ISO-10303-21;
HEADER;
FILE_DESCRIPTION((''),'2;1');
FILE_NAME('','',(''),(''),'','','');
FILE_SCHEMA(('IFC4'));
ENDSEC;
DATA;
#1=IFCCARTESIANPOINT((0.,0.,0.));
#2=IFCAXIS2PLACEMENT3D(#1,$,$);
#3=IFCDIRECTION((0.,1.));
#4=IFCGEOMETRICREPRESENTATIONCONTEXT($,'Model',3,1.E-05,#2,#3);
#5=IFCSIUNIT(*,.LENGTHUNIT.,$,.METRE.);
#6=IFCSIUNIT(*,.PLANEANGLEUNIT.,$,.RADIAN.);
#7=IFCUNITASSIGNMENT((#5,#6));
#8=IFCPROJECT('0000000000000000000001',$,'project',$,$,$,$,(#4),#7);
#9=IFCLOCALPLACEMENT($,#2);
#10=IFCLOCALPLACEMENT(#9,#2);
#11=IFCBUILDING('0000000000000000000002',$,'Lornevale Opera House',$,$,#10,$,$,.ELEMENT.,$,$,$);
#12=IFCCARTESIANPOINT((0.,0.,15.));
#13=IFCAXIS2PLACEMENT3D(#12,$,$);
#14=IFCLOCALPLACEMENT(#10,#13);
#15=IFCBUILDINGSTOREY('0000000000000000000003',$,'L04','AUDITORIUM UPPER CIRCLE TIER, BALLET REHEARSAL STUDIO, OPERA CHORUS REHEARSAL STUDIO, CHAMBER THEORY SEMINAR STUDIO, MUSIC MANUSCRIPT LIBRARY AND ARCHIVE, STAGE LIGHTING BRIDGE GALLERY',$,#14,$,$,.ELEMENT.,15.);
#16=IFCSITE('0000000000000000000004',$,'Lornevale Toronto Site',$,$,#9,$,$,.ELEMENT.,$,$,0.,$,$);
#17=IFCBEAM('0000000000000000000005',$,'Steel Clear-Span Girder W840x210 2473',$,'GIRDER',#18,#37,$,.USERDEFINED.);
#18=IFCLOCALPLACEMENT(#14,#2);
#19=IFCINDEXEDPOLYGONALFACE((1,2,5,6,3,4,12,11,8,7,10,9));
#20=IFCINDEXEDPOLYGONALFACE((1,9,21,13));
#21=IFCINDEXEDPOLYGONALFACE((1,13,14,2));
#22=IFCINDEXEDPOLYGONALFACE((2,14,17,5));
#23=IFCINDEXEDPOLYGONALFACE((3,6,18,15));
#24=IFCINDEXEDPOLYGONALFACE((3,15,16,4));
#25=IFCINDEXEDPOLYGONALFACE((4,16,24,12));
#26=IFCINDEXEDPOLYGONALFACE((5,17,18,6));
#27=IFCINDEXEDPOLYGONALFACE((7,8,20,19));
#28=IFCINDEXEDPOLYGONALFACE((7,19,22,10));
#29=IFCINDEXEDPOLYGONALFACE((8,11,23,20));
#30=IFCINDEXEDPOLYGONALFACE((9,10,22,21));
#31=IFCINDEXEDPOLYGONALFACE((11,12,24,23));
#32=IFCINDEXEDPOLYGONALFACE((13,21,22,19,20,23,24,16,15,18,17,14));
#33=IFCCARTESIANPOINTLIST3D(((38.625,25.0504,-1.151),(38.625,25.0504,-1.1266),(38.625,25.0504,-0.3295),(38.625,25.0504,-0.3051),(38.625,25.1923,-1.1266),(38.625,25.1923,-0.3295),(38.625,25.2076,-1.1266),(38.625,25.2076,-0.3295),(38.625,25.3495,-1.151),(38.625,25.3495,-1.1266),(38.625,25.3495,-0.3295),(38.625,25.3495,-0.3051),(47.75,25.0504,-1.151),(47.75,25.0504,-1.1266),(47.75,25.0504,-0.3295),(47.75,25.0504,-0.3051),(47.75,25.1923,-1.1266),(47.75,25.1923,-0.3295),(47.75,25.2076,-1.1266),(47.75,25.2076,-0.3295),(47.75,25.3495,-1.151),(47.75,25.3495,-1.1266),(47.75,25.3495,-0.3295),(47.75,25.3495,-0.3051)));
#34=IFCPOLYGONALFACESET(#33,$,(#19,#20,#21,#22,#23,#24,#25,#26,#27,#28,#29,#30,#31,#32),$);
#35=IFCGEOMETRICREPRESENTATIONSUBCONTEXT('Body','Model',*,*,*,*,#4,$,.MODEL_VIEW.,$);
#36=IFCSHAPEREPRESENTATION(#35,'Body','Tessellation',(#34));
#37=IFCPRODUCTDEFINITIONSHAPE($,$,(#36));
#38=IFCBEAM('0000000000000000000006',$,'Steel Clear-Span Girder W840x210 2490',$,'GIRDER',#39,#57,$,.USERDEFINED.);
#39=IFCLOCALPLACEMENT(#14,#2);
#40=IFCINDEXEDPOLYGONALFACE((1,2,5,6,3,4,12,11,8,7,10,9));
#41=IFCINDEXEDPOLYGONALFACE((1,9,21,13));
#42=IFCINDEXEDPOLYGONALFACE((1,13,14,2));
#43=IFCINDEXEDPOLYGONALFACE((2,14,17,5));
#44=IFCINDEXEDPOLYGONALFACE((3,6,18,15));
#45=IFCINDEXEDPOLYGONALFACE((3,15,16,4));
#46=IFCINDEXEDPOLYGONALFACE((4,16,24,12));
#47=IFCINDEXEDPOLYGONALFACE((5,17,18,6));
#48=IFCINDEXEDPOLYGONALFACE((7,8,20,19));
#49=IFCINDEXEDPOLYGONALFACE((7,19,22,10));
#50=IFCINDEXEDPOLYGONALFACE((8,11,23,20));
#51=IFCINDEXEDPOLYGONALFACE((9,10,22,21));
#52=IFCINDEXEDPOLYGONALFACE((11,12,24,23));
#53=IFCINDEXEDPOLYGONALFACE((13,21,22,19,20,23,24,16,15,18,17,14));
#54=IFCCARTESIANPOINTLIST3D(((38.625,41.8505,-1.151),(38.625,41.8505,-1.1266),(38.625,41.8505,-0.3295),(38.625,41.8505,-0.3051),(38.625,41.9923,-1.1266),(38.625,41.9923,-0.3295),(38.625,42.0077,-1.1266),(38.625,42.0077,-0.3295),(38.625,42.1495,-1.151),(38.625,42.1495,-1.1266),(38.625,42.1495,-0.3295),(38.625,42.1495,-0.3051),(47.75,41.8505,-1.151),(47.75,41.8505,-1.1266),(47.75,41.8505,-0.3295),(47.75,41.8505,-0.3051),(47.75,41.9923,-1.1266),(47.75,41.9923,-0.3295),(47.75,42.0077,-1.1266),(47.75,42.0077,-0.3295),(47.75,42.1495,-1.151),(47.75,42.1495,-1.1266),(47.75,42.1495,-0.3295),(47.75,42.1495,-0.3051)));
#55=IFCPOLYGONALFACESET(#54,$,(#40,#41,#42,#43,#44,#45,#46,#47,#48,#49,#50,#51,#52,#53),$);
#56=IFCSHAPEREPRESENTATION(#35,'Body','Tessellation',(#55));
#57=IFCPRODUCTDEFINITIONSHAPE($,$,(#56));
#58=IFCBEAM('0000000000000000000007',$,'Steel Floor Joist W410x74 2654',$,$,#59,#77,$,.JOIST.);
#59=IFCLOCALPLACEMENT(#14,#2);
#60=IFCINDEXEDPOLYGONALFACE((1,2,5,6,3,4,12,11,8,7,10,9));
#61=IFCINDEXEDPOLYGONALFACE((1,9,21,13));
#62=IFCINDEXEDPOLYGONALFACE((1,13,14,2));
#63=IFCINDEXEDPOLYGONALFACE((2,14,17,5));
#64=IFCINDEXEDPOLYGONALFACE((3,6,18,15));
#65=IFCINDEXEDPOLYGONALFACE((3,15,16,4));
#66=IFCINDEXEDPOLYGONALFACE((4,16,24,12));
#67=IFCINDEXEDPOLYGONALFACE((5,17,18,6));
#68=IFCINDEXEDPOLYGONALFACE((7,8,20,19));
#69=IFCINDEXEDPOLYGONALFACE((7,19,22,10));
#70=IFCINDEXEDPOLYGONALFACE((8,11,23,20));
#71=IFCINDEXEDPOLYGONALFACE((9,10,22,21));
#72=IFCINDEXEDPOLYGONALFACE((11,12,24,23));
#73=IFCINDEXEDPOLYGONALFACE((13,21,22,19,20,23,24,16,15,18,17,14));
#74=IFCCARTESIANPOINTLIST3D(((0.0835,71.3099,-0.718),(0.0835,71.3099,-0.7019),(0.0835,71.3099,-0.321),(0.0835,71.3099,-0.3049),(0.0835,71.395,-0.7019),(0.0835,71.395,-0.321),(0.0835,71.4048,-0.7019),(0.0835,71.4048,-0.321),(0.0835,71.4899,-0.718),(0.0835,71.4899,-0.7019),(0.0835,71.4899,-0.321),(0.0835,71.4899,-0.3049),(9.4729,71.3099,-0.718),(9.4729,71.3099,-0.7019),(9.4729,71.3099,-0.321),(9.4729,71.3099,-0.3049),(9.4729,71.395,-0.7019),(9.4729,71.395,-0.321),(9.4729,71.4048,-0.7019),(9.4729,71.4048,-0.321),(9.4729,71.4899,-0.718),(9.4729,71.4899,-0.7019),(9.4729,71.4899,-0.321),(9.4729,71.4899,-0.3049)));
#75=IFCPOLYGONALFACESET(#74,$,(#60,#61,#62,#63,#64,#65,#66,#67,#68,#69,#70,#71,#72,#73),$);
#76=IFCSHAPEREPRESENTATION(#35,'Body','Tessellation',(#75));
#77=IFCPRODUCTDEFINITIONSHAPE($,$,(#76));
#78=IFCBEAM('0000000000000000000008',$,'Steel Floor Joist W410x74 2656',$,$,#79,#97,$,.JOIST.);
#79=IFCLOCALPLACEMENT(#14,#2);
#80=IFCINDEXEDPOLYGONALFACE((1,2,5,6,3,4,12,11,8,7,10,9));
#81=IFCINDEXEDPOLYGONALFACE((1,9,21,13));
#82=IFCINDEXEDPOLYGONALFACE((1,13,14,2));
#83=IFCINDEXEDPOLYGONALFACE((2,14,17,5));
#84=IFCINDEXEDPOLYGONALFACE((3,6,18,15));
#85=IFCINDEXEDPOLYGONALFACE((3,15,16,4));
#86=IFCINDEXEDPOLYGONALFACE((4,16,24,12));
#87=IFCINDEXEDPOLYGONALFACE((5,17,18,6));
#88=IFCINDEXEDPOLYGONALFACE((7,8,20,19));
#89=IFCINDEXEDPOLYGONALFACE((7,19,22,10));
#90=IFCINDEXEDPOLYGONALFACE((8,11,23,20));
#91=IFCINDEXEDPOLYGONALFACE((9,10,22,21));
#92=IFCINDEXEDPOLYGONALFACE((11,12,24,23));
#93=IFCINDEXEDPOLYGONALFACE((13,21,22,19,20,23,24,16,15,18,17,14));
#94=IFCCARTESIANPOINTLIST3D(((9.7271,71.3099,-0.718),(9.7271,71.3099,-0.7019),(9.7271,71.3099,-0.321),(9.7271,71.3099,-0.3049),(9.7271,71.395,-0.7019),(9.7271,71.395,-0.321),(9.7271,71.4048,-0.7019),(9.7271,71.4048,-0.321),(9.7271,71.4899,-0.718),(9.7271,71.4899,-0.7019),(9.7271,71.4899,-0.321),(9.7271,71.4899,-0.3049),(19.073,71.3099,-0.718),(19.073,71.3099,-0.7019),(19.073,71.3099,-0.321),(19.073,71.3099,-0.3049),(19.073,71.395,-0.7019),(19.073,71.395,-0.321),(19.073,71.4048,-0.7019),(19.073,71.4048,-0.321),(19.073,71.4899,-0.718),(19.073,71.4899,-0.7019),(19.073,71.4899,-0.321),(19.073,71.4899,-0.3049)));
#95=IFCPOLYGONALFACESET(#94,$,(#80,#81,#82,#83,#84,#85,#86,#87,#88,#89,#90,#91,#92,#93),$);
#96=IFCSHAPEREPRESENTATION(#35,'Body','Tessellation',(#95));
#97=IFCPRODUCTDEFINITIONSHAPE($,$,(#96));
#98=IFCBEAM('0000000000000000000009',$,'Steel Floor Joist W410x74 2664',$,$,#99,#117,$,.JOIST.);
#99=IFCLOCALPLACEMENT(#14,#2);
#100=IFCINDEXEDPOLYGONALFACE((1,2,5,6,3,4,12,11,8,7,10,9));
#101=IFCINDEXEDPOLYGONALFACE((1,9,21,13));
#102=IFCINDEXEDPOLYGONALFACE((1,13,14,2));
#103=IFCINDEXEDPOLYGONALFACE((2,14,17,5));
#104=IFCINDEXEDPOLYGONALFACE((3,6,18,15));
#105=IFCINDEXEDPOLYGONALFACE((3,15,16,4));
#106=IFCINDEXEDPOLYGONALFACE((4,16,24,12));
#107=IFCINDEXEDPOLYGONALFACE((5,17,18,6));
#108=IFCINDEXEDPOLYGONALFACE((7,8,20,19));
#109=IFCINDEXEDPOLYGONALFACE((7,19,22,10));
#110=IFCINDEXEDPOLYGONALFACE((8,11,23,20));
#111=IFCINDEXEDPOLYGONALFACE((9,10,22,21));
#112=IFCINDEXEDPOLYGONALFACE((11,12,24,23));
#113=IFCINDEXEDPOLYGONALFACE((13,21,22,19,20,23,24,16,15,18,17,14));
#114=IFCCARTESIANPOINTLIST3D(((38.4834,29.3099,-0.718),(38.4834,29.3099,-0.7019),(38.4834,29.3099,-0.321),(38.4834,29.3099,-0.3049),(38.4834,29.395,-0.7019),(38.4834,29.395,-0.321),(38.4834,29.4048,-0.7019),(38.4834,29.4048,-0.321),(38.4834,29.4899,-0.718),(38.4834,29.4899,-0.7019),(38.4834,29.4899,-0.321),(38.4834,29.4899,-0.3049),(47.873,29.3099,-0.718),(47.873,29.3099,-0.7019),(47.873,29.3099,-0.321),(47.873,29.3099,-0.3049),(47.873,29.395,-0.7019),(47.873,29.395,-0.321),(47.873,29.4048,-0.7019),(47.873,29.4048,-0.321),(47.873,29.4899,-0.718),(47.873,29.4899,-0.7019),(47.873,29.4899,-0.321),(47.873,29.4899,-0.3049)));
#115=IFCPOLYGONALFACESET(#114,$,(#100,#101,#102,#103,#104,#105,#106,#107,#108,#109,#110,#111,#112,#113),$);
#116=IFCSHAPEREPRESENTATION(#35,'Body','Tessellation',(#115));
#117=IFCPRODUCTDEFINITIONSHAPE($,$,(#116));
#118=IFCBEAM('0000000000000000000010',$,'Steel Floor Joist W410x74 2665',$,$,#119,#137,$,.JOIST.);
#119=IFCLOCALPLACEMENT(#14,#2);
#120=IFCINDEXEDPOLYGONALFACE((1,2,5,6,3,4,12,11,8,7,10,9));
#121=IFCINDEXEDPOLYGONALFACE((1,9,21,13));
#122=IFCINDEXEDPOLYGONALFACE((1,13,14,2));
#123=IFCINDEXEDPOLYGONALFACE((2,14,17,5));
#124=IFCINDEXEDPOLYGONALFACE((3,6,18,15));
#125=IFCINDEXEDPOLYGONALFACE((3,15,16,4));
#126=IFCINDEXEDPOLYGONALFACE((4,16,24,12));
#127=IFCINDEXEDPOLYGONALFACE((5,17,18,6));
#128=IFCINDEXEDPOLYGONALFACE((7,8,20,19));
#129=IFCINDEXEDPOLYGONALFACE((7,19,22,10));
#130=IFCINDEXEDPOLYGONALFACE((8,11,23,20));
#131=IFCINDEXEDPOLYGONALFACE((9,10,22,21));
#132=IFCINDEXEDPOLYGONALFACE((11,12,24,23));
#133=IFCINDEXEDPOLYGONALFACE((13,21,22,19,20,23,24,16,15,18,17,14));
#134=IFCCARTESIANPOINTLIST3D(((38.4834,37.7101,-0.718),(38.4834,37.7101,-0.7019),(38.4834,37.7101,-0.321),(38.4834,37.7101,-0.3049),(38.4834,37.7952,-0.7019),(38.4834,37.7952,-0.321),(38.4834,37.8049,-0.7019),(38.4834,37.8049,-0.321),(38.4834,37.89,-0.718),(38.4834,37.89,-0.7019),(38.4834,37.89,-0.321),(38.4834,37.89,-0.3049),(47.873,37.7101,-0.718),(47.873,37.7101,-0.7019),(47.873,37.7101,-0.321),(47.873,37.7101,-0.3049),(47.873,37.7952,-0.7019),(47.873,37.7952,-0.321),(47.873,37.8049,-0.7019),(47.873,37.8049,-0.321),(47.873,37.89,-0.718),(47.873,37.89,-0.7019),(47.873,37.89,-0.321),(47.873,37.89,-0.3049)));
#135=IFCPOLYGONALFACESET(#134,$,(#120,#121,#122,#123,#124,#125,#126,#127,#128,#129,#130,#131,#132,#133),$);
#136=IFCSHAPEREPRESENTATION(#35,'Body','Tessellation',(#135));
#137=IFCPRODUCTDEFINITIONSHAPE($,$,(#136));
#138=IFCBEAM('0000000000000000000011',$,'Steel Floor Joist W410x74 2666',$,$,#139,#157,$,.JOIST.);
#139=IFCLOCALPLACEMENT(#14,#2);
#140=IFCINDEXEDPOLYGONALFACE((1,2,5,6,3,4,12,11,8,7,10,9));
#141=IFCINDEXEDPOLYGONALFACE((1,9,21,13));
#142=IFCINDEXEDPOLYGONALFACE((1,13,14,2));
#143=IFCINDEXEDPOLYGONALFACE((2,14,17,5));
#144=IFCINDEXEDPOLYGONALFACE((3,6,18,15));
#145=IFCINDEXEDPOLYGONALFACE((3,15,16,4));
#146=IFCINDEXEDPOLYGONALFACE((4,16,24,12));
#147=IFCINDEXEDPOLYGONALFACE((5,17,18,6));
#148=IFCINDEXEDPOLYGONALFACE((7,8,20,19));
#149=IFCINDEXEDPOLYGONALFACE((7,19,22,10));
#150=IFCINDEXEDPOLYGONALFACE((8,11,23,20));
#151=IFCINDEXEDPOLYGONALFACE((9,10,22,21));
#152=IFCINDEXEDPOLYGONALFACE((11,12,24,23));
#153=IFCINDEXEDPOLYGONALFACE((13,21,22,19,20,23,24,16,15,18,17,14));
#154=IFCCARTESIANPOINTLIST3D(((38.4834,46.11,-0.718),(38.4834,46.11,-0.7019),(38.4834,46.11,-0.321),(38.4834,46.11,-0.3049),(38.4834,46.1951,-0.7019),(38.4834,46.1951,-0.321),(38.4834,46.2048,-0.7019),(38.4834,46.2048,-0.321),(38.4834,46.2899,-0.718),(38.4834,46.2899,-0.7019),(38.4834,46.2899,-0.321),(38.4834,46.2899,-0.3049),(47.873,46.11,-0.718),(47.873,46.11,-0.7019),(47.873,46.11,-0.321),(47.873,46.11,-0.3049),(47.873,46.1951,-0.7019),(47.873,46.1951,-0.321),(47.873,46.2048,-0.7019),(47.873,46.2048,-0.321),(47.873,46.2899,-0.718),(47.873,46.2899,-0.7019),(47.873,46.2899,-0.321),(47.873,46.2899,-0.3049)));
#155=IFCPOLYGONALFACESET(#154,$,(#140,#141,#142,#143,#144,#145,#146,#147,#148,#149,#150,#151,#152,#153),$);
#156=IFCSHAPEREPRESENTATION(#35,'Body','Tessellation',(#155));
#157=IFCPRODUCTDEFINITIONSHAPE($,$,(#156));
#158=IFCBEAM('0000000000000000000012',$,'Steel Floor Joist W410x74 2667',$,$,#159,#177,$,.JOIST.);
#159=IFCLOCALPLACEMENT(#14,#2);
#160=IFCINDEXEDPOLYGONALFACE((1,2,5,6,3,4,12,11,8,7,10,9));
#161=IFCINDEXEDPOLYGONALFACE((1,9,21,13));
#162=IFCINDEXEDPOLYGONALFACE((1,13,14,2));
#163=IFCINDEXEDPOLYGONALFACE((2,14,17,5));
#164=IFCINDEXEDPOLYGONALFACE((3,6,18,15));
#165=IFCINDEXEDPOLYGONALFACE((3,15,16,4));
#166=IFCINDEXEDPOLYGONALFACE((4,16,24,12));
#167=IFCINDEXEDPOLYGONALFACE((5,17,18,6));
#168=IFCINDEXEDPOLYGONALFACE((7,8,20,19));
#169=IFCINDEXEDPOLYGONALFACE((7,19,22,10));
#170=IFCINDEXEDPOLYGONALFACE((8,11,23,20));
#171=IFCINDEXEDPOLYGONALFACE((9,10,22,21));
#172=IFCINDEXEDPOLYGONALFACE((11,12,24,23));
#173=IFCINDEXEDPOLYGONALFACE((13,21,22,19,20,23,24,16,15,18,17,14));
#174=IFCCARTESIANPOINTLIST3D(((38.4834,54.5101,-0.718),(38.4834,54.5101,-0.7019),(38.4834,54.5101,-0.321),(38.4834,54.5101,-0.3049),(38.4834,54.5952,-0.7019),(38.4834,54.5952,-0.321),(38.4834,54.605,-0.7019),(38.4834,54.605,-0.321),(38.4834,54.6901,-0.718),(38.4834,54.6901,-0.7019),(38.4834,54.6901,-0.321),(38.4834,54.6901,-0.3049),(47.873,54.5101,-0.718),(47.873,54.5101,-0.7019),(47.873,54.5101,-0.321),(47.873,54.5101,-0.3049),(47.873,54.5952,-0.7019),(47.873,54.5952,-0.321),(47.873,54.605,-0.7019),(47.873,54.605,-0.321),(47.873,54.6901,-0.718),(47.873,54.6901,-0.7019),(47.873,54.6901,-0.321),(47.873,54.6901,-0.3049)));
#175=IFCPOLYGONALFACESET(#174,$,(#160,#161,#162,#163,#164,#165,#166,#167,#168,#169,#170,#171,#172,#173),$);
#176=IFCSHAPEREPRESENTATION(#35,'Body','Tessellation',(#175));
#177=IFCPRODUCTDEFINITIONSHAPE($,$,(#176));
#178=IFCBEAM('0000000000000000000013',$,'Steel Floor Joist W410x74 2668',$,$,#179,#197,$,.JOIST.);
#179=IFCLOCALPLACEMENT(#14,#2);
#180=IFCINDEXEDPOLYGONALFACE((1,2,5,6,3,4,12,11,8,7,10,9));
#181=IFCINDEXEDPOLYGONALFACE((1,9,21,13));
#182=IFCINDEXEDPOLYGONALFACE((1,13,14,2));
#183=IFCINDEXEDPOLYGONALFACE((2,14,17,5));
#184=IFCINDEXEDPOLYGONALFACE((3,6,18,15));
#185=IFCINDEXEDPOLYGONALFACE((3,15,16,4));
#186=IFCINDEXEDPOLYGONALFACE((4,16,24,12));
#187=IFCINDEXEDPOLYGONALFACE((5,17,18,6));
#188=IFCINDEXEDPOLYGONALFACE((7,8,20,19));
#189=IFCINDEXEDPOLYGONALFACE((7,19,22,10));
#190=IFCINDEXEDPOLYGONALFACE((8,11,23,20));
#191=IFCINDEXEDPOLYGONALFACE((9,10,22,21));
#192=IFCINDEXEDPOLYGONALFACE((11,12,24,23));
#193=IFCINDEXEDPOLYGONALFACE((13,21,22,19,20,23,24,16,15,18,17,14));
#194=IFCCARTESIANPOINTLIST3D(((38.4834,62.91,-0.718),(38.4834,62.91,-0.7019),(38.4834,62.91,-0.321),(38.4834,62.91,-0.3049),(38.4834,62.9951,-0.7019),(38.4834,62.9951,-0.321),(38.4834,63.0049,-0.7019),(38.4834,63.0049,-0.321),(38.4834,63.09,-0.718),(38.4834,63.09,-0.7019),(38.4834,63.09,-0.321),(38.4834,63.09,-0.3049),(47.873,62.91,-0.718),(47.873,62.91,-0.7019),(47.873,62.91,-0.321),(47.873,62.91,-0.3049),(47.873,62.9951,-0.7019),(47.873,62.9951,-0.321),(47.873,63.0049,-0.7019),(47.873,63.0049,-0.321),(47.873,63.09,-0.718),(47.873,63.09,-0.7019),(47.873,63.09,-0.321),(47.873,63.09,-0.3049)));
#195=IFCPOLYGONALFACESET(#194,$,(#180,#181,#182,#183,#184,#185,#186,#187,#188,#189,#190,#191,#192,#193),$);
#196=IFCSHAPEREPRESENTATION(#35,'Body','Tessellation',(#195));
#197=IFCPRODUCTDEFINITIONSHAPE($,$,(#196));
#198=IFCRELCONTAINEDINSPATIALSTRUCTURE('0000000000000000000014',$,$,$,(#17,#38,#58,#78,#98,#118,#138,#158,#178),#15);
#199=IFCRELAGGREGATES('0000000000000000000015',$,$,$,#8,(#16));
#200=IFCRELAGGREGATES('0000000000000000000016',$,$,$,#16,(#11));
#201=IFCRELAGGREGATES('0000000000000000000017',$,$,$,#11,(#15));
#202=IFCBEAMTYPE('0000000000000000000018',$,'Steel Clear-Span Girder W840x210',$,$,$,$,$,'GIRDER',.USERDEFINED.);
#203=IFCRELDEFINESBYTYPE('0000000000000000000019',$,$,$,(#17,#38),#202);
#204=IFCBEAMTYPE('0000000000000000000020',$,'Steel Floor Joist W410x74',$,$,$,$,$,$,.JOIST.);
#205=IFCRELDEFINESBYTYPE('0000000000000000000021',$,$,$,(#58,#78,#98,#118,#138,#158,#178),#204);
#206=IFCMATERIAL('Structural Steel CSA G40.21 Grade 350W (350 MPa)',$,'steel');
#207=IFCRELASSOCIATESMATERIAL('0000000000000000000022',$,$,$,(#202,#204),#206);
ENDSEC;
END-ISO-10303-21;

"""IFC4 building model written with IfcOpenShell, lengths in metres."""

from ifc_helpers import new_model, si_unit, direction, frame, origin, origin_2d, place, context, subcontext, project, spatial, i_section, extrude, material, material_profile, profile_set, type_object, element, save


model = new_model("IFC4")

# Units and contexts
model_context = context("Model", 3, precision=1e-05, world=origin(), true_north=direction((0.0, 1.0)))
body_context = subcontext(model_context, "Body", "Model", "MODEL_VIEW")
ifc_project = project(units=[si_unit("LENGTHUNIT", "METRE"), si_unit("PLANEANGLEUNIT", "RADIAN")], contexts=[model_context])

# Site, building, storey
site_placement = place(None, origin())
site = spatial("IfcSite", under=ifc_project, at=site_placement, Name="Lornevale Toronto Site", CompositionType="ELEMENT", RefElevation=0.0)
building_placement = place(site_placement, origin())
building = spatial("IfcBuilding", under=site, at=building_placement, Name="Lornevale Opera House", CompositionType="ELEMENT")
storey_placement = place(building_placement, frame((0.0, 0.0, 15.0)))
storey = spatial("IfcBuildingStorey", under=building, at=storey_placement, Name="L04", Description="AUDITORIUM UPPER CIRCLE TIER, BALLET REHEARSAL STUDIO, OPERA CHORUS REHEARSAL STUDIO, CHAMBER THEORY SEMINAR STUDIO, MUSIC MANUSCRIPT LIBRARY AND ARCHIVE, STAGE LIGHTING BRIDGE GALLERY", CompositionType="ELEMENT", Elevation=15.0)

# Beams
ifc_material_1 = material(Name="Structural Steel CSA G40.21 Grade 350W (350 MPa)", Category="steel")
ifc_material_profile_1 = material_profile(ifc_material_1, i_section(OverallWidth=0.2991, OverallDepth=0.8459, WebThickness=0.0154, FlangeThickness=0.0244, at=origin_2d()), Name="W840x210")
ifc_profile_set_1 = profile_set([ifc_material_profile_1], Name="Structural Steel CSA G40.21 Grade 350W (350 MPa)")
beam_type_1 = type_object("IfcBeamType", Name="Steel Clear-Span Girder W840x210", ElementType="GIRDER", PredefinedType="USERDEFINED", material=ifc_profile_set_1)
for number, where, z_axis, x_axis, name in (
    (1, (38.625, 25.2, -0.728), (1.0, 0.0, 0.0), (0.0, 1.0, 0.0), "Steel Clear-Span Girder W840x210 2473"),
    (2, (38.625, 42.0, -0.728), (1.0, 0.0, 0.0), (0.0, 1.0, 0.0), "Steel Clear-Span Girder W840x210 2490"),
):
    element("IfcBeam", number, at=place(storey_placement, frame(where, z_axis=z_axis, x_axis=x_axis)), inside=storey, type_object=beam_type_1, Name=name, ObjectType="GIRDER", PredefinedType="USERDEFINED", context=body_context, shape_type="SweptSolid", body=[
        extrude(i_section(OverallWidth=0.2991, OverallDepth=0.8459, WebThickness=0.0154, FlangeThickness=0.0244, at=origin_2d()), origin(), (0.0, 0.0, 1.0), 9.125),
    ])
ifc_material_profile_2 = material_profile(ifc_material_1, i_section(OverallWidth=0.1799, OverallDepth=0.4131, WebThickness=0.0098, FlangeThickness=0.0161, at=origin_2d()), Name="W410x74")
ifc_profile_set_2 = profile_set([ifc_material_profile_2], Name="Structural Steel CSA G40.21 Grade 350W (350 MPa)")
beam_type_2 = type_object("IfcBeamType", Name="Steel Floor Joist W410x74", PredefinedType="JOIST", material=ifc_profile_set_2)
beam_1_placement = place(storey_placement, frame((0.0835, 71.3999, -0.5115), z_axis=(1.0, 0.0, 0.0), x_axis=(0.0, 1.0, 0.0)))
element("IfcBeam", 3, at=beam_1_placement, inside=storey, type_object=beam_type_2, Name="Steel Floor Joist W410x74 2654", PredefinedType="JOIST", context=body_context, shape_type="SweptSolid", body=[
    extrude(i_section(OverallWidth=0.1799, OverallDepth=0.4131, WebThickness=0.0098, FlangeThickness=0.0161, at=origin_2d()), origin(), (0.0, 0.0, 1.0), 9.3894),
])
beam_2_placement = place(storey_placement, frame((9.7271, 71.3999, -0.5115), z_axis=(1.0, 0.0, 0.0), x_axis=(0.0, 1.0, 0.0)))
element("IfcBeam", 4, at=beam_2_placement, inside=storey, type_object=beam_type_2, Name="Steel Floor Joist W410x74 2656", PredefinedType="JOIST", context=body_context, shape_type="SweptSolid", body=[
    extrude(i_section(OverallWidth=0.1799, OverallDepth=0.4131, WebThickness=0.0098, FlangeThickness=0.0161, at=origin_2d()), origin(), (0.0, 0.0, 1.0), 9.3459),
])
for number, where, z_axis, x_axis, name in (
    (5, (38.4834, 29.3999, -0.5115), (1.0, 0.0, 0.0), (0.0, 1.0, 0.0), "Steel Floor Joist W410x74 2664"),
    (6, (38.4834, 37.8, -0.5115), (1.0, 0.0, 0.0), (0.0, 1.0, 0.0), "Steel Floor Joist W410x74 2665"),
    (7, (38.4834, 46.2, -0.5115), (1.0, 0.0, 0.0), (0.0, 1.0, 0.0), "Steel Floor Joist W410x74 2666"),
    (8, (38.4834, 54.6001, -0.5115), (1.0, 0.0, 0.0), (0.0, 1.0, 0.0), "Steel Floor Joist W410x74 2667"),
    (9, (38.4834, 63.0, -0.5115), (1.0, 0.0, 0.0), (0.0, 1.0, 0.0), "Steel Floor Joist W410x74 2668"),
):
    element("IfcBeam", number, at=place(storey_placement, frame(where, z_axis=z_axis, x_axis=x_axis)), inside=storey, type_object=beam_type_2, Name=name, PredefinedType="JOIST", context=body_context, shape_type="SweptSolid", body=[
        extrude(i_section(OverallWidth=0.1799, OverallDepth=0.4131, WebThickness=0.0098, FlangeThickness=0.0161, at=origin_2d()), origin(), (0.0, 0.0, 1.0), 9.3896),
    ])

save(model, "model.ifc")
